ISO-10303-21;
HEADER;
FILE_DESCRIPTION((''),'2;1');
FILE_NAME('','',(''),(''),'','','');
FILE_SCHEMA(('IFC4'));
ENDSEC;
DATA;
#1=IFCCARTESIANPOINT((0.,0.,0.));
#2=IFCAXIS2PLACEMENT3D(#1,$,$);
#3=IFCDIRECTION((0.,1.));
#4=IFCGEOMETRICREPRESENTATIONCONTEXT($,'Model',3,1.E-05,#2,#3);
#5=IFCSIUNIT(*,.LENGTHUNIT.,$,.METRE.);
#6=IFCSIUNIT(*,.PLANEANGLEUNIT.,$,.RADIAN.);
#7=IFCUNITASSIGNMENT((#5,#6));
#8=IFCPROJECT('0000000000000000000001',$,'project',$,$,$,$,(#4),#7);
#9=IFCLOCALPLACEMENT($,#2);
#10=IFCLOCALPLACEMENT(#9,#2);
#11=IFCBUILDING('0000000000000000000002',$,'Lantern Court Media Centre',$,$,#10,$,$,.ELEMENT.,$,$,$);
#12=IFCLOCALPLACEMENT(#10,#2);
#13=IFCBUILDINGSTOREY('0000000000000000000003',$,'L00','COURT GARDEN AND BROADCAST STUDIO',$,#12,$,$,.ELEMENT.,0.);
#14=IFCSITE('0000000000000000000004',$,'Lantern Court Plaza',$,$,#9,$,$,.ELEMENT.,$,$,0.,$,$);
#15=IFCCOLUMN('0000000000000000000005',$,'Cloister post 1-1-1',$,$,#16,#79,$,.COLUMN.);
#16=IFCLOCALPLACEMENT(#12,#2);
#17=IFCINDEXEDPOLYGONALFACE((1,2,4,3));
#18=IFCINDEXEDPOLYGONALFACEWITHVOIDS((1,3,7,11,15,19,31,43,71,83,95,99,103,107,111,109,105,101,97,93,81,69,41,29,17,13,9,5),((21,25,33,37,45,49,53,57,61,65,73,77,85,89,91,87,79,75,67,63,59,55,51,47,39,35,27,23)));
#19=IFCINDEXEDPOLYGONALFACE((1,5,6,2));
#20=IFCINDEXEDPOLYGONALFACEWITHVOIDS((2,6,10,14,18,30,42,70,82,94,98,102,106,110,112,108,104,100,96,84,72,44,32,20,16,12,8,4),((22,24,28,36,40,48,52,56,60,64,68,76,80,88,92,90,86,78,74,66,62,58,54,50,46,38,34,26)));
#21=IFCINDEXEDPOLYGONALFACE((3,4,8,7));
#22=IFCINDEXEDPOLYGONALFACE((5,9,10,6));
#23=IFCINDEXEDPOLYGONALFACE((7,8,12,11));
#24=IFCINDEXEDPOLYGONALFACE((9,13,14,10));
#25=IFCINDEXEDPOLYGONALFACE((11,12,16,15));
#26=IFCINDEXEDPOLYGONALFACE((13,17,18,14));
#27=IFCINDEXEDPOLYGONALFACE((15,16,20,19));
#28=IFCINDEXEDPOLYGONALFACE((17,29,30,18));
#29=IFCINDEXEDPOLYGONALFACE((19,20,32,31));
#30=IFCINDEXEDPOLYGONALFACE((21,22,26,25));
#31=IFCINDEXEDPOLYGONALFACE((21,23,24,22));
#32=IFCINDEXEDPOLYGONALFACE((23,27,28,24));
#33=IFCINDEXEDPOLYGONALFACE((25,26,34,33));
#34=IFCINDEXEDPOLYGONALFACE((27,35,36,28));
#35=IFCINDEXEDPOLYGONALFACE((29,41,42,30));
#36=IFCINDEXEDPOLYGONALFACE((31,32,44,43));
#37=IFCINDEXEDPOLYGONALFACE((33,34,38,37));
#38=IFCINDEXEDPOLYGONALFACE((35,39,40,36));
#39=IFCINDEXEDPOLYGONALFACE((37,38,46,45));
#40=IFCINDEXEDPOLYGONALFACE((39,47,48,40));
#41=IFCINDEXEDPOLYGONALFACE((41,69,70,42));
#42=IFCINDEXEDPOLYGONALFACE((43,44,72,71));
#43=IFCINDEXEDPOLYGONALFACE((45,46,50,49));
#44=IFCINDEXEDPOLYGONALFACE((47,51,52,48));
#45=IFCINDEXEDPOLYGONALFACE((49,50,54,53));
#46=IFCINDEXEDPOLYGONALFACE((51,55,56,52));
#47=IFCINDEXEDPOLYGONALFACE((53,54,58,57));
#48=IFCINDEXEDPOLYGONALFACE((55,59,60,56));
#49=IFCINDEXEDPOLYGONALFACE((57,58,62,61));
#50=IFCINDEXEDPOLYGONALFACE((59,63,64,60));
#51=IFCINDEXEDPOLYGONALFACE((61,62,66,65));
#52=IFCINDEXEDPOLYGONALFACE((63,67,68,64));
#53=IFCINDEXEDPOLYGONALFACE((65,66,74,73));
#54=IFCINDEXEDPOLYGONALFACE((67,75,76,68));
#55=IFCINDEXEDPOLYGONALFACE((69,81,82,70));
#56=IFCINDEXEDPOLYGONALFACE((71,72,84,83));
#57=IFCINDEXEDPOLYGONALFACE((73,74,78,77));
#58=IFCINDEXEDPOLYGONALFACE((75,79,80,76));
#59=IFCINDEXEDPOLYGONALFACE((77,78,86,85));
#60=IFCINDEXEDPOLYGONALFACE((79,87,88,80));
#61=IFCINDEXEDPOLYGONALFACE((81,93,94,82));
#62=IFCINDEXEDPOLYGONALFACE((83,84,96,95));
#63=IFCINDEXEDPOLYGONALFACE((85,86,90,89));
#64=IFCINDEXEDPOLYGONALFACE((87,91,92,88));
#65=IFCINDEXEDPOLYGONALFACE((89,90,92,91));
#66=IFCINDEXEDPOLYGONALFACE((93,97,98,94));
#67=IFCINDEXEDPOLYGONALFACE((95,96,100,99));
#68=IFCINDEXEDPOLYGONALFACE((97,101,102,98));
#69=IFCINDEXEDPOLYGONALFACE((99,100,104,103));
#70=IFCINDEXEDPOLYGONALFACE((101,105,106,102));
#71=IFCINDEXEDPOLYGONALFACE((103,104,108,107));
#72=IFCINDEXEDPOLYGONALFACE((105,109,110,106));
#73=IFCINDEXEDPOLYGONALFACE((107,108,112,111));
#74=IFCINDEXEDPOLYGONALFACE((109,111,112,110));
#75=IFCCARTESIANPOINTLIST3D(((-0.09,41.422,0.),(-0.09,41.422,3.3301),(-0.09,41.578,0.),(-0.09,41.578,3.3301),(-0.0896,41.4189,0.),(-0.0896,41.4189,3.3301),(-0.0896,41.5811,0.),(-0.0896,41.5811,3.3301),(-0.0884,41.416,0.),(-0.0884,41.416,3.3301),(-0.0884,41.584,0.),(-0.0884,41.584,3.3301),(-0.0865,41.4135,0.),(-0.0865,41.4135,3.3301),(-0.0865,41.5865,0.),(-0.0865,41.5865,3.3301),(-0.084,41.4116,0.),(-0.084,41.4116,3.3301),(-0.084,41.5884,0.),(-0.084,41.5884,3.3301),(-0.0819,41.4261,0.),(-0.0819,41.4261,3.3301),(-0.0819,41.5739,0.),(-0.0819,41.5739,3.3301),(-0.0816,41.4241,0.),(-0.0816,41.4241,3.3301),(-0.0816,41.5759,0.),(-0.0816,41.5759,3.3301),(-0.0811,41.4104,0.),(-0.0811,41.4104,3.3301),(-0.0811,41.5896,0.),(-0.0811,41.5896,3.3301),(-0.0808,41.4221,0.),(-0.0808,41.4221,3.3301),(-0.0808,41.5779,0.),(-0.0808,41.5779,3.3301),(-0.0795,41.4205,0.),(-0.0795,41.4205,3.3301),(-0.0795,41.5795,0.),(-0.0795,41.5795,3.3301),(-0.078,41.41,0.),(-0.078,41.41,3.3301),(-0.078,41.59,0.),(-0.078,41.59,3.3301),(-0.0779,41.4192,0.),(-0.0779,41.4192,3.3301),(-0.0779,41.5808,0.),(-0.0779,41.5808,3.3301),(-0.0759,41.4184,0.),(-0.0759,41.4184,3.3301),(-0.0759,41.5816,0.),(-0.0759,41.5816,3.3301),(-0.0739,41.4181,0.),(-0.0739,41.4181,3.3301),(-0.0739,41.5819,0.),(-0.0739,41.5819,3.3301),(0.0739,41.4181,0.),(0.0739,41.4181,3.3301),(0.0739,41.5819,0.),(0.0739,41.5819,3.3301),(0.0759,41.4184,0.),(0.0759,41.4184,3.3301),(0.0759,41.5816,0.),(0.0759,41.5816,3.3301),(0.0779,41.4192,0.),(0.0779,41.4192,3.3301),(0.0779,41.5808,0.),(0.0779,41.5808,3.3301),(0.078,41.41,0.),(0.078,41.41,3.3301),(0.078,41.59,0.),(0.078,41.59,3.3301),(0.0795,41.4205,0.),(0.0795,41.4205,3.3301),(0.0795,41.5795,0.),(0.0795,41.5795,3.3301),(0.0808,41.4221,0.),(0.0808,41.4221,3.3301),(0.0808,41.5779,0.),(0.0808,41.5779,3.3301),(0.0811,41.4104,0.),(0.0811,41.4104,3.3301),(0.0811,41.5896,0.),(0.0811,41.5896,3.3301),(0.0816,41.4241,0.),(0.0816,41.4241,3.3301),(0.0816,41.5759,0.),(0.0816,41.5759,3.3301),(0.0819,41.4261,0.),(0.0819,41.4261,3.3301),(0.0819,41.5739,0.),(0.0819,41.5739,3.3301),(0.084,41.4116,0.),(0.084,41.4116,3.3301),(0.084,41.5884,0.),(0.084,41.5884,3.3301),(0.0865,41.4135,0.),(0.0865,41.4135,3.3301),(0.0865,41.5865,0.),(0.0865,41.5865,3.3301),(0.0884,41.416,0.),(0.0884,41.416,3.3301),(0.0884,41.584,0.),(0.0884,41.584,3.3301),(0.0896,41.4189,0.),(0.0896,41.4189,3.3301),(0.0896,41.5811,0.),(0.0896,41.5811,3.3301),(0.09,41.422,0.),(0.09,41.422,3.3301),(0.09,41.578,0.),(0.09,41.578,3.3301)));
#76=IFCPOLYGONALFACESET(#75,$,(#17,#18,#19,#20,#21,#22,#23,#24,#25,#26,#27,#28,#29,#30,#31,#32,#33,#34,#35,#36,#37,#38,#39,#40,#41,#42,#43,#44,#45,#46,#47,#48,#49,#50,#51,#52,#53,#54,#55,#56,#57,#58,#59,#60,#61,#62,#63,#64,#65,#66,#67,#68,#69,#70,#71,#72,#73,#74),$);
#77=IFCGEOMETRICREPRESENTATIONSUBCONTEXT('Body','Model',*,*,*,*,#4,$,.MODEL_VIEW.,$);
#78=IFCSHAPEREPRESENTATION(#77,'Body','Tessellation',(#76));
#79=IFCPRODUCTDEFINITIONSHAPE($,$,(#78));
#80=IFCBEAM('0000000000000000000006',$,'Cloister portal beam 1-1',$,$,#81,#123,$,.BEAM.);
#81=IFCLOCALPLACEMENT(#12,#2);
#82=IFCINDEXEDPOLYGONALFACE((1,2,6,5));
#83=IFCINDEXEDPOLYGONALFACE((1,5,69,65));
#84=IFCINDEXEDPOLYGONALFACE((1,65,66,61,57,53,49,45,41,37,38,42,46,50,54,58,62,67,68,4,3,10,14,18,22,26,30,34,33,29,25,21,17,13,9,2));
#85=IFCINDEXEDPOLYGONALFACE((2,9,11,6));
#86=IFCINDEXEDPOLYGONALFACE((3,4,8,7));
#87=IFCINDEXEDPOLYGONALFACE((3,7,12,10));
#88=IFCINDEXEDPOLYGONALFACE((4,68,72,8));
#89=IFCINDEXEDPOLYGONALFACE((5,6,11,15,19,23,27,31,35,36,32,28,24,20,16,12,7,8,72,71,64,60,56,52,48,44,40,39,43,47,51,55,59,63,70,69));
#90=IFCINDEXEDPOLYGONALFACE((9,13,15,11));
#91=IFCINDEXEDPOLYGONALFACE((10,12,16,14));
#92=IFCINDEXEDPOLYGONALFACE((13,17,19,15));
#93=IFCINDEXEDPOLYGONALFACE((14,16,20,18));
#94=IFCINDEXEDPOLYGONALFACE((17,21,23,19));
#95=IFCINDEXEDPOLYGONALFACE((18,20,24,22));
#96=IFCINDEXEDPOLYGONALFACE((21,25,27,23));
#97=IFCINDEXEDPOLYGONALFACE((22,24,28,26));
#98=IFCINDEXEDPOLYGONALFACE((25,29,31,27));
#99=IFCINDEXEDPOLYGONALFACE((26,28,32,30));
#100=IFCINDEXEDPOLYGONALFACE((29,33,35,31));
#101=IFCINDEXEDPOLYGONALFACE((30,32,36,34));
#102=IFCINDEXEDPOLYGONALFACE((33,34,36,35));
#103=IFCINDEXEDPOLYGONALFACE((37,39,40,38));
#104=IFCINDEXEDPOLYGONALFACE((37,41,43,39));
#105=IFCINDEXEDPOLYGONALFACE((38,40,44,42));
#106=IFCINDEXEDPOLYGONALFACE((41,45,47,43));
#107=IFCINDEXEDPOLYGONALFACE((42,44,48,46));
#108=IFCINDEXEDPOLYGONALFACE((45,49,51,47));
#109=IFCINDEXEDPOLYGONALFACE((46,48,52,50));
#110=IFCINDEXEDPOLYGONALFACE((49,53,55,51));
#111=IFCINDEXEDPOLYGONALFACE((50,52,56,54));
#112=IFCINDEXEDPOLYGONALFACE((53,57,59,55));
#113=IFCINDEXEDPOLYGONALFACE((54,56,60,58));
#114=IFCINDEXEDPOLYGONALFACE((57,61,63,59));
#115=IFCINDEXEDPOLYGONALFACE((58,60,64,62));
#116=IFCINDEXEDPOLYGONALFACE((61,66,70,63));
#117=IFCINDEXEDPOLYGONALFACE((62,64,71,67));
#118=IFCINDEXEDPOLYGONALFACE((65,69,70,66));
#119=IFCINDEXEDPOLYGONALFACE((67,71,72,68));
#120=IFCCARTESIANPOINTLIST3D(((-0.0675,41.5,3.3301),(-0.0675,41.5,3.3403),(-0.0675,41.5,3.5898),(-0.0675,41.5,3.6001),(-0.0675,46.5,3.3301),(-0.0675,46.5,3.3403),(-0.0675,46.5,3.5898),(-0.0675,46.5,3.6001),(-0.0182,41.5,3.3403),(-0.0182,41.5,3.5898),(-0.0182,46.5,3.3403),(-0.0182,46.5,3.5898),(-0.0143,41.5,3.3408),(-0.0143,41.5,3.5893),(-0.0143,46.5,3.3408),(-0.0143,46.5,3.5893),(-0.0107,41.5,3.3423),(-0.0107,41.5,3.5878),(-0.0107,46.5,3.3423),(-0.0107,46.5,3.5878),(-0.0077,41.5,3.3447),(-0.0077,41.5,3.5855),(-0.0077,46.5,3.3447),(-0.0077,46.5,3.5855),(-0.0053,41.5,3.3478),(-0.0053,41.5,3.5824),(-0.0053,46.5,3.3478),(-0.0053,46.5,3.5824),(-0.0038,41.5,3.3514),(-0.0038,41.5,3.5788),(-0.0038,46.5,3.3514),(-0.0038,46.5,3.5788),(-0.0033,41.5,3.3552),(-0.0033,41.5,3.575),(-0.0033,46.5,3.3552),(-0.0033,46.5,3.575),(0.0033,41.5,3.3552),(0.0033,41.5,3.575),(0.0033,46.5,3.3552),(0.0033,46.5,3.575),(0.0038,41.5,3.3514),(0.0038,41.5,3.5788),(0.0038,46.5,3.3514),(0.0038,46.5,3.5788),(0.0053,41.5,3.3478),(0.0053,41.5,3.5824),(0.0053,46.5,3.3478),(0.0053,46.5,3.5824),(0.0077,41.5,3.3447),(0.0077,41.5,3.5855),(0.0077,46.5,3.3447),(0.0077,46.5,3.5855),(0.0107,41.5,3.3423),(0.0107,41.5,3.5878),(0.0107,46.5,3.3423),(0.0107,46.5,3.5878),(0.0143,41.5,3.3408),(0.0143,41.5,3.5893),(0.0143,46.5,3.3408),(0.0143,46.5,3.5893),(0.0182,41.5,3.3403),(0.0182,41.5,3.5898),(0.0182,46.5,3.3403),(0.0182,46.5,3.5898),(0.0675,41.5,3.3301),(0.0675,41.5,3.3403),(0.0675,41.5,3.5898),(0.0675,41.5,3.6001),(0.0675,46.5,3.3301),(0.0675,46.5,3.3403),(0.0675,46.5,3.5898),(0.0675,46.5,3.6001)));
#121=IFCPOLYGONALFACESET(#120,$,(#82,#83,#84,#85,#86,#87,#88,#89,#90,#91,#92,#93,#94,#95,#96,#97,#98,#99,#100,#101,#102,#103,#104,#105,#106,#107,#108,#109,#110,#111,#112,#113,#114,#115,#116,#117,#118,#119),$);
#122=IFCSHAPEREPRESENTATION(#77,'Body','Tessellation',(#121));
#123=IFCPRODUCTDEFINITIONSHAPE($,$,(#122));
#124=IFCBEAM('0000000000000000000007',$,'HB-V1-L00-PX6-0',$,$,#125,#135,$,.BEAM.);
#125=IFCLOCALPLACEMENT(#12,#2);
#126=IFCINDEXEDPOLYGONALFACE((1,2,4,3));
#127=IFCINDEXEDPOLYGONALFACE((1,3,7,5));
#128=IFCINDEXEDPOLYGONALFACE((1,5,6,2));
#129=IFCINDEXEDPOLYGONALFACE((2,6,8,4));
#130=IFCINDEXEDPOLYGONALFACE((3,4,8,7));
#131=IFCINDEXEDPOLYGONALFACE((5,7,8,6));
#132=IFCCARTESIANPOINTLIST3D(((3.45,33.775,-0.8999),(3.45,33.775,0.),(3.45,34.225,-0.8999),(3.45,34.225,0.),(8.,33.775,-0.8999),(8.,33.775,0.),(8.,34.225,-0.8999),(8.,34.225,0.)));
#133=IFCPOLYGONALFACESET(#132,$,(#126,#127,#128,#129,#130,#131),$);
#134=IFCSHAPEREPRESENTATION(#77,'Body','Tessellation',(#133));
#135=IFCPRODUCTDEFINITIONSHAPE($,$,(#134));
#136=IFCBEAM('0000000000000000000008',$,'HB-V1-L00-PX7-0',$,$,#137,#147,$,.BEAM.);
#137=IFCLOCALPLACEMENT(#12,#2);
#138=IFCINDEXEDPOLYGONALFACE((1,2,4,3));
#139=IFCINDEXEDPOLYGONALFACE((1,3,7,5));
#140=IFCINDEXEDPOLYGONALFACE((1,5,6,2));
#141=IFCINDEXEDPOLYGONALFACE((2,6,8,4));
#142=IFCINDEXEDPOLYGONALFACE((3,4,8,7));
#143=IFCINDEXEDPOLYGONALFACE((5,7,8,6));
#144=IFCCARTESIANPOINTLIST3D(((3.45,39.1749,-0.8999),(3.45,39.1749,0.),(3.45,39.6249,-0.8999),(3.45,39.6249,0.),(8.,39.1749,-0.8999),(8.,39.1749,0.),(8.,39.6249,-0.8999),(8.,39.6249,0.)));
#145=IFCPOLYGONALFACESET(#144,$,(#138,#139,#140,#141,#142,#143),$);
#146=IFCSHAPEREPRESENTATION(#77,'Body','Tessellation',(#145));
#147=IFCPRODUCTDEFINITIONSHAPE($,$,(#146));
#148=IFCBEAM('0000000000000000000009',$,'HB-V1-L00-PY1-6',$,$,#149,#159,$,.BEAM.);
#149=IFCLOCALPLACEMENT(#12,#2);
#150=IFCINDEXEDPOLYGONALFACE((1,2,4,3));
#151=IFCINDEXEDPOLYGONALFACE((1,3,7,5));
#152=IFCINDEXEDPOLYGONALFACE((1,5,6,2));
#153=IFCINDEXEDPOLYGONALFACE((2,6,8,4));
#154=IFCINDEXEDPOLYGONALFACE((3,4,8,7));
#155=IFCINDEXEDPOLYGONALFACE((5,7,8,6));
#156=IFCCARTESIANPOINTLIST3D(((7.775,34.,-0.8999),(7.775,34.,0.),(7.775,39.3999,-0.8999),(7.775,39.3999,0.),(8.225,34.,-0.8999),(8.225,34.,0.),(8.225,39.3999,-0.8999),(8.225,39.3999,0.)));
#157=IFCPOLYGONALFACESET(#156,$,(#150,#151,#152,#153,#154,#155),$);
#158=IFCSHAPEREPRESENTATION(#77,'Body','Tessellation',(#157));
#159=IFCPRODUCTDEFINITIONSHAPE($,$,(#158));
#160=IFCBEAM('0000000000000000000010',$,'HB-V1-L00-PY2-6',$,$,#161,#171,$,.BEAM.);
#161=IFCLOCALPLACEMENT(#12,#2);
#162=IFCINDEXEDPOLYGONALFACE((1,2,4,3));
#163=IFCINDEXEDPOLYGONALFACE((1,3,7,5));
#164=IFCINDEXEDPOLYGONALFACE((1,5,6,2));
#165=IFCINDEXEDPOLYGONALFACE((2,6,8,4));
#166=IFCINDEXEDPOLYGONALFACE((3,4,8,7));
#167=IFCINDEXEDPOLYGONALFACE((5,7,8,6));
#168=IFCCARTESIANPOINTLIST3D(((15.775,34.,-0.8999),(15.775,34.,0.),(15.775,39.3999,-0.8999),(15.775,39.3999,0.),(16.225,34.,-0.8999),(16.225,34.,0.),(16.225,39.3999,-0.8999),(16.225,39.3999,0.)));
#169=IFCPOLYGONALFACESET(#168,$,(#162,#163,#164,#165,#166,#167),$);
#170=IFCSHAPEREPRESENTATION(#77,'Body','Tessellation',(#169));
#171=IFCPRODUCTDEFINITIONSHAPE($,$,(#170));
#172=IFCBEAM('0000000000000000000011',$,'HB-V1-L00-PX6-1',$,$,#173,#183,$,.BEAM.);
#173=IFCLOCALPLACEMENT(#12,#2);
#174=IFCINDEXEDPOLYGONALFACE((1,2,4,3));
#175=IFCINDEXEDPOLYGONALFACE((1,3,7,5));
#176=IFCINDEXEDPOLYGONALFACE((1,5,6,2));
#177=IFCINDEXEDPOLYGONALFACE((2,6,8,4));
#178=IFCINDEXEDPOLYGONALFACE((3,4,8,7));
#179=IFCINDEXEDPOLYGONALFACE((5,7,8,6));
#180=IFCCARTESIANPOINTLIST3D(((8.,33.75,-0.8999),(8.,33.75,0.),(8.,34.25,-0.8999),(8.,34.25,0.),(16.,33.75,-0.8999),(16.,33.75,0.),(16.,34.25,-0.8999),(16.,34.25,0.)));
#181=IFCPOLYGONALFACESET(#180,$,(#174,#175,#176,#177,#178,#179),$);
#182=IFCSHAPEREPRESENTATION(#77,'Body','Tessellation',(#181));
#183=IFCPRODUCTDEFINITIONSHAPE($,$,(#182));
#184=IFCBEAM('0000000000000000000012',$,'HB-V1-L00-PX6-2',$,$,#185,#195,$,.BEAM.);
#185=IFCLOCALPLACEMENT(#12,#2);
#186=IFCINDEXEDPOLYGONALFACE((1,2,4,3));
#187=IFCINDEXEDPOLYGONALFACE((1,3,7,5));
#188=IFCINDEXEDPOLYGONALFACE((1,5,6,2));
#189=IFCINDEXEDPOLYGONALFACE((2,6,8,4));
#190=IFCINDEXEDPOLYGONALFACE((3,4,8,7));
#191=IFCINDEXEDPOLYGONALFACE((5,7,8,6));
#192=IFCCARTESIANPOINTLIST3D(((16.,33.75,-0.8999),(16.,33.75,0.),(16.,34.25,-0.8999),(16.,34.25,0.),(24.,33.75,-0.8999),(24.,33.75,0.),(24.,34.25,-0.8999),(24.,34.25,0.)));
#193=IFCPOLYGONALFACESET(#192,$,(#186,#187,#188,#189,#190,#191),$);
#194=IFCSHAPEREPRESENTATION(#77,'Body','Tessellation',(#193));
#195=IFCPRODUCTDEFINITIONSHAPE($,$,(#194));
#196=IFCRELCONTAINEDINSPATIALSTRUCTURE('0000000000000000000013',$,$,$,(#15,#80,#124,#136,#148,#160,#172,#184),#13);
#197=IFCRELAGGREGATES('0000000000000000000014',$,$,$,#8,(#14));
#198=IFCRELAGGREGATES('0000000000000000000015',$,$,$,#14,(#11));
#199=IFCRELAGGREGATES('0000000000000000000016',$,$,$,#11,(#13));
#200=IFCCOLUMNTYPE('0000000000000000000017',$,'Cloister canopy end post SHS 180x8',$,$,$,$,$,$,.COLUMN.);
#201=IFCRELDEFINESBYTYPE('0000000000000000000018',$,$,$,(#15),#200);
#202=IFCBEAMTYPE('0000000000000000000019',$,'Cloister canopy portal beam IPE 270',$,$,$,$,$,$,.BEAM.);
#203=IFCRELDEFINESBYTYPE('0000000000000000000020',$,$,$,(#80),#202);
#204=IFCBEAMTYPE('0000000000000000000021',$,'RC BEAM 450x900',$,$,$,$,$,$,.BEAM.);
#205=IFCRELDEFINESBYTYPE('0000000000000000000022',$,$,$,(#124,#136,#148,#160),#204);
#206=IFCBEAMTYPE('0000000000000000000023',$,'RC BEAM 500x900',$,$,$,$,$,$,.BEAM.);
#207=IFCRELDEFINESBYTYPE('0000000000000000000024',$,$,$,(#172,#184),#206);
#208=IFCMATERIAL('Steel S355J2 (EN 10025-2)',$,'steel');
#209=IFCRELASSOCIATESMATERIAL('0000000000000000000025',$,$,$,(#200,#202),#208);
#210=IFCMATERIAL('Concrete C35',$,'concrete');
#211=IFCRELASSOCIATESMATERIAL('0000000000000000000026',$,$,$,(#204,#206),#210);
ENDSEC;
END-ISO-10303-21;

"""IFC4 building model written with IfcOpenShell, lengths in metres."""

from ifc_helpers import new_model, si_unit, direction, frame, origin, origin_2d, place, context, subcontext, project, spatial, rectangle, hollow_rectangle, i_section, extrude, material, material_profile, profile_set, type_object, element, save


model = new_model("IFC4")

# Units and contexts
model_context = context("Model", 3, precision=1e-05, world=origin(), true_north=direction((0.0, 1.0)))
body_context = subcontext(model_context, "Body", "Model", "MODEL_VIEW")
ifc_project = project(units=[si_unit("LENGTHUNIT", "METRE"), si_unit("PLANEANGLEUNIT", "RADIAN")], contexts=[model_context])

# Site, building, storey
site_placement = place(None, origin())
site = spatial("IfcSite", under=ifc_project, at=site_placement, Name="Lantern Court Plaza", CompositionType="ELEMENT", RefElevation=0.0)
building_placement = place(site_placement, origin())
building = spatial("IfcBuilding", under=site, at=building_placement, Name="Lantern Court Media Centre", CompositionType="ELEMENT")
storey_placement = place(building_placement, origin())
storey = spatial("IfcBuildingStorey", under=building, at=storey_placement, Name="L00", Description="COURT GARDEN AND BROADCAST STUDIO", CompositionType="ELEMENT", Elevation=0.0)

# Column
ifc_material_1 = material(Name="Steel S355J2 (EN 10025-2)", Category="steel")
ifc_material_profile_1 = material_profile(ifc_material_1, hollow_rectangle(XDim=0.1799, YDim=0.1799, WallThickness=0.0081, InnerFilletRadius=0.0081, OuterFilletRadius=0.012, at=origin_2d()), Name="Cloister canopy end post SHS 180x8")
ifc_profile_set_1 = profile_set([ifc_material_profile_1], Name="Steel S355J2 (EN 10025-2)")
column_type_1 = type_object("IfcColumnType", Name="Cloister canopy end post SHS 180x8", PredefinedType="COLUMN", material=ifc_profile_set_1)
column_1_placement = place(storey_placement, frame((0.0, 41.5, 0.0), z_axis=(0.0, 0.0, 1.0), x_axis=(1.0, 0.0, 0.0)))
element("IfcColumn", 1, at=column_1_placement, inside=storey, type_object=column_type_1, Name="Cloister post 1-1-1", PredefinedType="COLUMN", context=body_context, shape_type="SweptSolid", body=[
    extrude(hollow_rectangle(XDim=0.1799, YDim=0.1799, WallThickness=0.0081, InnerFilletRadius=0.0081, OuterFilletRadius=0.012, at=origin_2d()), origin(), (0.0, 0.0, 1.0), 3.3301),
])

# Beams
ifc_material_profile_2 = material_profile(ifc_material_1, i_section(OverallWidth=0.135, OverallDepth=0.27, WebThickness=0.0066, FlangeThickness=0.0103, FilletRadius=0.0149, at=origin_2d()), Name="IPE 270")
ifc_profile_set_2 = profile_set([ifc_material_profile_2], Name="Steel S355J2 (EN 10025-2)")
beam_type_1 = type_object("IfcBeamType", Name="Cloister canopy portal beam IPE 270", PredefinedType="BEAM", material=ifc_profile_set_2)
beam_placement = place(storey_placement, frame((0.0, 41.5, 3.4651), z_axis=(0.0, 1.0, 0.0), x_axis=(-1.0, 0.0, 0.0)))
element("IfcBeam", 2, at=beam_placement, inside=storey, type_object=beam_type_1, Name="Cloister portal beam 1-1", PredefinedType="BEAM", context=body_context, shape_type="SweptSolid", body=[
    extrude(i_section(OverallWidth=0.135, OverallDepth=0.27, WebThickness=0.0066, FlangeThickness=0.0103, FilletRadius=0.0149, at=origin_2d()), origin(), (0.0, 0.0, 1.0), 5.0),
])
ifc_material_2 = material(Name="Concrete C35", Category="concrete")
ifc_material_profile_3 = material_profile(ifc_material_2, rectangle(XDim=0.45, YDim=0.8999, at=origin_2d()), Name="RC 450x900")
ifc_profile_set_3 = profile_set([ifc_material_profile_3], Name="Concrete C35")
beam_type_2 = type_object("IfcBeamType", Name="RC BEAM 450x900", PredefinedType="BEAM", material=ifc_profile_set_3)
for number, where, z_axis, x_axis, name in (
    (3, (3.45, 34.0, -0.45), (1.0, 0.0, 0.0), (0.0, 1.0, 0.0), "HB-V1-L00-PX6-0"),
    (4, (3.45, 39.3999, -0.45), (1.0, 0.0, 0.0), (0.0, 1.0, 0.0), "HB-V1-L00-PX7-0"),
):
    element("IfcBeam", number, at=place(storey_placement, frame(where, z_axis=z_axis, x_axis=x_axis)), inside=storey, type_object=beam_type_2, Name=name, PredefinedType="BEAM", context=body_context, shape_type="SweptSolid", body=[
        extrude(rectangle(XDim=0.45, YDim=0.8999, at=origin_2d()), origin(), (0.0, 0.0, 1.0), 4.55),
    ])
for number, where, z_axis, x_axis, name in (
    (5, (8.0, 34.0, -0.45), (0.0, 1.0, 0.0), (-1.0, 0.0, 0.0), "HB-V1-L00-PY1-6"),
    (6, (16.0, 34.0, -0.45), (0.0, 1.0, 0.0), (-1.0, 0.0, 0.0), "HB-V1-L00-PY2-6"),
):
    element("IfcBeam", number, at=place(storey_placement, frame(where, z_axis=z_axis, x_axis=x_axis)), inside=storey, type_object=beam_type_2, Name=name, PredefinedType="BEAM", context=body_context, shape_type="SweptSolid", body=[
        extrude(rectangle(XDim=0.45, YDim=0.8999, at=origin_2d()), origin(), (0.0, 0.0, 1.0), 5.3999),
    ])
ifc_material_profile_4 = material_profile(ifc_material_2, rectangle(XDim=0.5, YDim=0.8999, at=origin_2d()), Name="RC 500x900")
ifc_profile_set_4 = profile_set([ifc_material_profile_4], Name="Concrete C35")
beam_type_3 = type_object("IfcBeamType", Name="RC BEAM 500x900", PredefinedType="BEAM", material=ifc_profile_set_4)
for number, where, z_axis, x_axis, name in (
    (7, (8.0, 34.0, -0.45), (1.0, 0.0, 0.0), (0.0, 1.0, 0.0), "HB-V1-L00-PX6-1"),
    (8, (16.0, 34.0, -0.45), (1.0, 0.0, 0.0), (0.0, 1.0, 0.0), "HB-V1-L00-PX6-2"),
):
    element("IfcBeam", number, at=place(storey_placement, frame(where, z_axis=z_axis, x_axis=x_axis)), inside=storey, type_object=beam_type_3, Name=name, PredefinedType="BEAM", context=body_context, shape_type="SweptSolid", body=[
        extrude(rectangle(XDim=0.5, YDim=0.8999, at=origin_2d()), origin(), (0.0, 0.0, 1.0), 8.0),
    ])

save(model, "model.ifc")
